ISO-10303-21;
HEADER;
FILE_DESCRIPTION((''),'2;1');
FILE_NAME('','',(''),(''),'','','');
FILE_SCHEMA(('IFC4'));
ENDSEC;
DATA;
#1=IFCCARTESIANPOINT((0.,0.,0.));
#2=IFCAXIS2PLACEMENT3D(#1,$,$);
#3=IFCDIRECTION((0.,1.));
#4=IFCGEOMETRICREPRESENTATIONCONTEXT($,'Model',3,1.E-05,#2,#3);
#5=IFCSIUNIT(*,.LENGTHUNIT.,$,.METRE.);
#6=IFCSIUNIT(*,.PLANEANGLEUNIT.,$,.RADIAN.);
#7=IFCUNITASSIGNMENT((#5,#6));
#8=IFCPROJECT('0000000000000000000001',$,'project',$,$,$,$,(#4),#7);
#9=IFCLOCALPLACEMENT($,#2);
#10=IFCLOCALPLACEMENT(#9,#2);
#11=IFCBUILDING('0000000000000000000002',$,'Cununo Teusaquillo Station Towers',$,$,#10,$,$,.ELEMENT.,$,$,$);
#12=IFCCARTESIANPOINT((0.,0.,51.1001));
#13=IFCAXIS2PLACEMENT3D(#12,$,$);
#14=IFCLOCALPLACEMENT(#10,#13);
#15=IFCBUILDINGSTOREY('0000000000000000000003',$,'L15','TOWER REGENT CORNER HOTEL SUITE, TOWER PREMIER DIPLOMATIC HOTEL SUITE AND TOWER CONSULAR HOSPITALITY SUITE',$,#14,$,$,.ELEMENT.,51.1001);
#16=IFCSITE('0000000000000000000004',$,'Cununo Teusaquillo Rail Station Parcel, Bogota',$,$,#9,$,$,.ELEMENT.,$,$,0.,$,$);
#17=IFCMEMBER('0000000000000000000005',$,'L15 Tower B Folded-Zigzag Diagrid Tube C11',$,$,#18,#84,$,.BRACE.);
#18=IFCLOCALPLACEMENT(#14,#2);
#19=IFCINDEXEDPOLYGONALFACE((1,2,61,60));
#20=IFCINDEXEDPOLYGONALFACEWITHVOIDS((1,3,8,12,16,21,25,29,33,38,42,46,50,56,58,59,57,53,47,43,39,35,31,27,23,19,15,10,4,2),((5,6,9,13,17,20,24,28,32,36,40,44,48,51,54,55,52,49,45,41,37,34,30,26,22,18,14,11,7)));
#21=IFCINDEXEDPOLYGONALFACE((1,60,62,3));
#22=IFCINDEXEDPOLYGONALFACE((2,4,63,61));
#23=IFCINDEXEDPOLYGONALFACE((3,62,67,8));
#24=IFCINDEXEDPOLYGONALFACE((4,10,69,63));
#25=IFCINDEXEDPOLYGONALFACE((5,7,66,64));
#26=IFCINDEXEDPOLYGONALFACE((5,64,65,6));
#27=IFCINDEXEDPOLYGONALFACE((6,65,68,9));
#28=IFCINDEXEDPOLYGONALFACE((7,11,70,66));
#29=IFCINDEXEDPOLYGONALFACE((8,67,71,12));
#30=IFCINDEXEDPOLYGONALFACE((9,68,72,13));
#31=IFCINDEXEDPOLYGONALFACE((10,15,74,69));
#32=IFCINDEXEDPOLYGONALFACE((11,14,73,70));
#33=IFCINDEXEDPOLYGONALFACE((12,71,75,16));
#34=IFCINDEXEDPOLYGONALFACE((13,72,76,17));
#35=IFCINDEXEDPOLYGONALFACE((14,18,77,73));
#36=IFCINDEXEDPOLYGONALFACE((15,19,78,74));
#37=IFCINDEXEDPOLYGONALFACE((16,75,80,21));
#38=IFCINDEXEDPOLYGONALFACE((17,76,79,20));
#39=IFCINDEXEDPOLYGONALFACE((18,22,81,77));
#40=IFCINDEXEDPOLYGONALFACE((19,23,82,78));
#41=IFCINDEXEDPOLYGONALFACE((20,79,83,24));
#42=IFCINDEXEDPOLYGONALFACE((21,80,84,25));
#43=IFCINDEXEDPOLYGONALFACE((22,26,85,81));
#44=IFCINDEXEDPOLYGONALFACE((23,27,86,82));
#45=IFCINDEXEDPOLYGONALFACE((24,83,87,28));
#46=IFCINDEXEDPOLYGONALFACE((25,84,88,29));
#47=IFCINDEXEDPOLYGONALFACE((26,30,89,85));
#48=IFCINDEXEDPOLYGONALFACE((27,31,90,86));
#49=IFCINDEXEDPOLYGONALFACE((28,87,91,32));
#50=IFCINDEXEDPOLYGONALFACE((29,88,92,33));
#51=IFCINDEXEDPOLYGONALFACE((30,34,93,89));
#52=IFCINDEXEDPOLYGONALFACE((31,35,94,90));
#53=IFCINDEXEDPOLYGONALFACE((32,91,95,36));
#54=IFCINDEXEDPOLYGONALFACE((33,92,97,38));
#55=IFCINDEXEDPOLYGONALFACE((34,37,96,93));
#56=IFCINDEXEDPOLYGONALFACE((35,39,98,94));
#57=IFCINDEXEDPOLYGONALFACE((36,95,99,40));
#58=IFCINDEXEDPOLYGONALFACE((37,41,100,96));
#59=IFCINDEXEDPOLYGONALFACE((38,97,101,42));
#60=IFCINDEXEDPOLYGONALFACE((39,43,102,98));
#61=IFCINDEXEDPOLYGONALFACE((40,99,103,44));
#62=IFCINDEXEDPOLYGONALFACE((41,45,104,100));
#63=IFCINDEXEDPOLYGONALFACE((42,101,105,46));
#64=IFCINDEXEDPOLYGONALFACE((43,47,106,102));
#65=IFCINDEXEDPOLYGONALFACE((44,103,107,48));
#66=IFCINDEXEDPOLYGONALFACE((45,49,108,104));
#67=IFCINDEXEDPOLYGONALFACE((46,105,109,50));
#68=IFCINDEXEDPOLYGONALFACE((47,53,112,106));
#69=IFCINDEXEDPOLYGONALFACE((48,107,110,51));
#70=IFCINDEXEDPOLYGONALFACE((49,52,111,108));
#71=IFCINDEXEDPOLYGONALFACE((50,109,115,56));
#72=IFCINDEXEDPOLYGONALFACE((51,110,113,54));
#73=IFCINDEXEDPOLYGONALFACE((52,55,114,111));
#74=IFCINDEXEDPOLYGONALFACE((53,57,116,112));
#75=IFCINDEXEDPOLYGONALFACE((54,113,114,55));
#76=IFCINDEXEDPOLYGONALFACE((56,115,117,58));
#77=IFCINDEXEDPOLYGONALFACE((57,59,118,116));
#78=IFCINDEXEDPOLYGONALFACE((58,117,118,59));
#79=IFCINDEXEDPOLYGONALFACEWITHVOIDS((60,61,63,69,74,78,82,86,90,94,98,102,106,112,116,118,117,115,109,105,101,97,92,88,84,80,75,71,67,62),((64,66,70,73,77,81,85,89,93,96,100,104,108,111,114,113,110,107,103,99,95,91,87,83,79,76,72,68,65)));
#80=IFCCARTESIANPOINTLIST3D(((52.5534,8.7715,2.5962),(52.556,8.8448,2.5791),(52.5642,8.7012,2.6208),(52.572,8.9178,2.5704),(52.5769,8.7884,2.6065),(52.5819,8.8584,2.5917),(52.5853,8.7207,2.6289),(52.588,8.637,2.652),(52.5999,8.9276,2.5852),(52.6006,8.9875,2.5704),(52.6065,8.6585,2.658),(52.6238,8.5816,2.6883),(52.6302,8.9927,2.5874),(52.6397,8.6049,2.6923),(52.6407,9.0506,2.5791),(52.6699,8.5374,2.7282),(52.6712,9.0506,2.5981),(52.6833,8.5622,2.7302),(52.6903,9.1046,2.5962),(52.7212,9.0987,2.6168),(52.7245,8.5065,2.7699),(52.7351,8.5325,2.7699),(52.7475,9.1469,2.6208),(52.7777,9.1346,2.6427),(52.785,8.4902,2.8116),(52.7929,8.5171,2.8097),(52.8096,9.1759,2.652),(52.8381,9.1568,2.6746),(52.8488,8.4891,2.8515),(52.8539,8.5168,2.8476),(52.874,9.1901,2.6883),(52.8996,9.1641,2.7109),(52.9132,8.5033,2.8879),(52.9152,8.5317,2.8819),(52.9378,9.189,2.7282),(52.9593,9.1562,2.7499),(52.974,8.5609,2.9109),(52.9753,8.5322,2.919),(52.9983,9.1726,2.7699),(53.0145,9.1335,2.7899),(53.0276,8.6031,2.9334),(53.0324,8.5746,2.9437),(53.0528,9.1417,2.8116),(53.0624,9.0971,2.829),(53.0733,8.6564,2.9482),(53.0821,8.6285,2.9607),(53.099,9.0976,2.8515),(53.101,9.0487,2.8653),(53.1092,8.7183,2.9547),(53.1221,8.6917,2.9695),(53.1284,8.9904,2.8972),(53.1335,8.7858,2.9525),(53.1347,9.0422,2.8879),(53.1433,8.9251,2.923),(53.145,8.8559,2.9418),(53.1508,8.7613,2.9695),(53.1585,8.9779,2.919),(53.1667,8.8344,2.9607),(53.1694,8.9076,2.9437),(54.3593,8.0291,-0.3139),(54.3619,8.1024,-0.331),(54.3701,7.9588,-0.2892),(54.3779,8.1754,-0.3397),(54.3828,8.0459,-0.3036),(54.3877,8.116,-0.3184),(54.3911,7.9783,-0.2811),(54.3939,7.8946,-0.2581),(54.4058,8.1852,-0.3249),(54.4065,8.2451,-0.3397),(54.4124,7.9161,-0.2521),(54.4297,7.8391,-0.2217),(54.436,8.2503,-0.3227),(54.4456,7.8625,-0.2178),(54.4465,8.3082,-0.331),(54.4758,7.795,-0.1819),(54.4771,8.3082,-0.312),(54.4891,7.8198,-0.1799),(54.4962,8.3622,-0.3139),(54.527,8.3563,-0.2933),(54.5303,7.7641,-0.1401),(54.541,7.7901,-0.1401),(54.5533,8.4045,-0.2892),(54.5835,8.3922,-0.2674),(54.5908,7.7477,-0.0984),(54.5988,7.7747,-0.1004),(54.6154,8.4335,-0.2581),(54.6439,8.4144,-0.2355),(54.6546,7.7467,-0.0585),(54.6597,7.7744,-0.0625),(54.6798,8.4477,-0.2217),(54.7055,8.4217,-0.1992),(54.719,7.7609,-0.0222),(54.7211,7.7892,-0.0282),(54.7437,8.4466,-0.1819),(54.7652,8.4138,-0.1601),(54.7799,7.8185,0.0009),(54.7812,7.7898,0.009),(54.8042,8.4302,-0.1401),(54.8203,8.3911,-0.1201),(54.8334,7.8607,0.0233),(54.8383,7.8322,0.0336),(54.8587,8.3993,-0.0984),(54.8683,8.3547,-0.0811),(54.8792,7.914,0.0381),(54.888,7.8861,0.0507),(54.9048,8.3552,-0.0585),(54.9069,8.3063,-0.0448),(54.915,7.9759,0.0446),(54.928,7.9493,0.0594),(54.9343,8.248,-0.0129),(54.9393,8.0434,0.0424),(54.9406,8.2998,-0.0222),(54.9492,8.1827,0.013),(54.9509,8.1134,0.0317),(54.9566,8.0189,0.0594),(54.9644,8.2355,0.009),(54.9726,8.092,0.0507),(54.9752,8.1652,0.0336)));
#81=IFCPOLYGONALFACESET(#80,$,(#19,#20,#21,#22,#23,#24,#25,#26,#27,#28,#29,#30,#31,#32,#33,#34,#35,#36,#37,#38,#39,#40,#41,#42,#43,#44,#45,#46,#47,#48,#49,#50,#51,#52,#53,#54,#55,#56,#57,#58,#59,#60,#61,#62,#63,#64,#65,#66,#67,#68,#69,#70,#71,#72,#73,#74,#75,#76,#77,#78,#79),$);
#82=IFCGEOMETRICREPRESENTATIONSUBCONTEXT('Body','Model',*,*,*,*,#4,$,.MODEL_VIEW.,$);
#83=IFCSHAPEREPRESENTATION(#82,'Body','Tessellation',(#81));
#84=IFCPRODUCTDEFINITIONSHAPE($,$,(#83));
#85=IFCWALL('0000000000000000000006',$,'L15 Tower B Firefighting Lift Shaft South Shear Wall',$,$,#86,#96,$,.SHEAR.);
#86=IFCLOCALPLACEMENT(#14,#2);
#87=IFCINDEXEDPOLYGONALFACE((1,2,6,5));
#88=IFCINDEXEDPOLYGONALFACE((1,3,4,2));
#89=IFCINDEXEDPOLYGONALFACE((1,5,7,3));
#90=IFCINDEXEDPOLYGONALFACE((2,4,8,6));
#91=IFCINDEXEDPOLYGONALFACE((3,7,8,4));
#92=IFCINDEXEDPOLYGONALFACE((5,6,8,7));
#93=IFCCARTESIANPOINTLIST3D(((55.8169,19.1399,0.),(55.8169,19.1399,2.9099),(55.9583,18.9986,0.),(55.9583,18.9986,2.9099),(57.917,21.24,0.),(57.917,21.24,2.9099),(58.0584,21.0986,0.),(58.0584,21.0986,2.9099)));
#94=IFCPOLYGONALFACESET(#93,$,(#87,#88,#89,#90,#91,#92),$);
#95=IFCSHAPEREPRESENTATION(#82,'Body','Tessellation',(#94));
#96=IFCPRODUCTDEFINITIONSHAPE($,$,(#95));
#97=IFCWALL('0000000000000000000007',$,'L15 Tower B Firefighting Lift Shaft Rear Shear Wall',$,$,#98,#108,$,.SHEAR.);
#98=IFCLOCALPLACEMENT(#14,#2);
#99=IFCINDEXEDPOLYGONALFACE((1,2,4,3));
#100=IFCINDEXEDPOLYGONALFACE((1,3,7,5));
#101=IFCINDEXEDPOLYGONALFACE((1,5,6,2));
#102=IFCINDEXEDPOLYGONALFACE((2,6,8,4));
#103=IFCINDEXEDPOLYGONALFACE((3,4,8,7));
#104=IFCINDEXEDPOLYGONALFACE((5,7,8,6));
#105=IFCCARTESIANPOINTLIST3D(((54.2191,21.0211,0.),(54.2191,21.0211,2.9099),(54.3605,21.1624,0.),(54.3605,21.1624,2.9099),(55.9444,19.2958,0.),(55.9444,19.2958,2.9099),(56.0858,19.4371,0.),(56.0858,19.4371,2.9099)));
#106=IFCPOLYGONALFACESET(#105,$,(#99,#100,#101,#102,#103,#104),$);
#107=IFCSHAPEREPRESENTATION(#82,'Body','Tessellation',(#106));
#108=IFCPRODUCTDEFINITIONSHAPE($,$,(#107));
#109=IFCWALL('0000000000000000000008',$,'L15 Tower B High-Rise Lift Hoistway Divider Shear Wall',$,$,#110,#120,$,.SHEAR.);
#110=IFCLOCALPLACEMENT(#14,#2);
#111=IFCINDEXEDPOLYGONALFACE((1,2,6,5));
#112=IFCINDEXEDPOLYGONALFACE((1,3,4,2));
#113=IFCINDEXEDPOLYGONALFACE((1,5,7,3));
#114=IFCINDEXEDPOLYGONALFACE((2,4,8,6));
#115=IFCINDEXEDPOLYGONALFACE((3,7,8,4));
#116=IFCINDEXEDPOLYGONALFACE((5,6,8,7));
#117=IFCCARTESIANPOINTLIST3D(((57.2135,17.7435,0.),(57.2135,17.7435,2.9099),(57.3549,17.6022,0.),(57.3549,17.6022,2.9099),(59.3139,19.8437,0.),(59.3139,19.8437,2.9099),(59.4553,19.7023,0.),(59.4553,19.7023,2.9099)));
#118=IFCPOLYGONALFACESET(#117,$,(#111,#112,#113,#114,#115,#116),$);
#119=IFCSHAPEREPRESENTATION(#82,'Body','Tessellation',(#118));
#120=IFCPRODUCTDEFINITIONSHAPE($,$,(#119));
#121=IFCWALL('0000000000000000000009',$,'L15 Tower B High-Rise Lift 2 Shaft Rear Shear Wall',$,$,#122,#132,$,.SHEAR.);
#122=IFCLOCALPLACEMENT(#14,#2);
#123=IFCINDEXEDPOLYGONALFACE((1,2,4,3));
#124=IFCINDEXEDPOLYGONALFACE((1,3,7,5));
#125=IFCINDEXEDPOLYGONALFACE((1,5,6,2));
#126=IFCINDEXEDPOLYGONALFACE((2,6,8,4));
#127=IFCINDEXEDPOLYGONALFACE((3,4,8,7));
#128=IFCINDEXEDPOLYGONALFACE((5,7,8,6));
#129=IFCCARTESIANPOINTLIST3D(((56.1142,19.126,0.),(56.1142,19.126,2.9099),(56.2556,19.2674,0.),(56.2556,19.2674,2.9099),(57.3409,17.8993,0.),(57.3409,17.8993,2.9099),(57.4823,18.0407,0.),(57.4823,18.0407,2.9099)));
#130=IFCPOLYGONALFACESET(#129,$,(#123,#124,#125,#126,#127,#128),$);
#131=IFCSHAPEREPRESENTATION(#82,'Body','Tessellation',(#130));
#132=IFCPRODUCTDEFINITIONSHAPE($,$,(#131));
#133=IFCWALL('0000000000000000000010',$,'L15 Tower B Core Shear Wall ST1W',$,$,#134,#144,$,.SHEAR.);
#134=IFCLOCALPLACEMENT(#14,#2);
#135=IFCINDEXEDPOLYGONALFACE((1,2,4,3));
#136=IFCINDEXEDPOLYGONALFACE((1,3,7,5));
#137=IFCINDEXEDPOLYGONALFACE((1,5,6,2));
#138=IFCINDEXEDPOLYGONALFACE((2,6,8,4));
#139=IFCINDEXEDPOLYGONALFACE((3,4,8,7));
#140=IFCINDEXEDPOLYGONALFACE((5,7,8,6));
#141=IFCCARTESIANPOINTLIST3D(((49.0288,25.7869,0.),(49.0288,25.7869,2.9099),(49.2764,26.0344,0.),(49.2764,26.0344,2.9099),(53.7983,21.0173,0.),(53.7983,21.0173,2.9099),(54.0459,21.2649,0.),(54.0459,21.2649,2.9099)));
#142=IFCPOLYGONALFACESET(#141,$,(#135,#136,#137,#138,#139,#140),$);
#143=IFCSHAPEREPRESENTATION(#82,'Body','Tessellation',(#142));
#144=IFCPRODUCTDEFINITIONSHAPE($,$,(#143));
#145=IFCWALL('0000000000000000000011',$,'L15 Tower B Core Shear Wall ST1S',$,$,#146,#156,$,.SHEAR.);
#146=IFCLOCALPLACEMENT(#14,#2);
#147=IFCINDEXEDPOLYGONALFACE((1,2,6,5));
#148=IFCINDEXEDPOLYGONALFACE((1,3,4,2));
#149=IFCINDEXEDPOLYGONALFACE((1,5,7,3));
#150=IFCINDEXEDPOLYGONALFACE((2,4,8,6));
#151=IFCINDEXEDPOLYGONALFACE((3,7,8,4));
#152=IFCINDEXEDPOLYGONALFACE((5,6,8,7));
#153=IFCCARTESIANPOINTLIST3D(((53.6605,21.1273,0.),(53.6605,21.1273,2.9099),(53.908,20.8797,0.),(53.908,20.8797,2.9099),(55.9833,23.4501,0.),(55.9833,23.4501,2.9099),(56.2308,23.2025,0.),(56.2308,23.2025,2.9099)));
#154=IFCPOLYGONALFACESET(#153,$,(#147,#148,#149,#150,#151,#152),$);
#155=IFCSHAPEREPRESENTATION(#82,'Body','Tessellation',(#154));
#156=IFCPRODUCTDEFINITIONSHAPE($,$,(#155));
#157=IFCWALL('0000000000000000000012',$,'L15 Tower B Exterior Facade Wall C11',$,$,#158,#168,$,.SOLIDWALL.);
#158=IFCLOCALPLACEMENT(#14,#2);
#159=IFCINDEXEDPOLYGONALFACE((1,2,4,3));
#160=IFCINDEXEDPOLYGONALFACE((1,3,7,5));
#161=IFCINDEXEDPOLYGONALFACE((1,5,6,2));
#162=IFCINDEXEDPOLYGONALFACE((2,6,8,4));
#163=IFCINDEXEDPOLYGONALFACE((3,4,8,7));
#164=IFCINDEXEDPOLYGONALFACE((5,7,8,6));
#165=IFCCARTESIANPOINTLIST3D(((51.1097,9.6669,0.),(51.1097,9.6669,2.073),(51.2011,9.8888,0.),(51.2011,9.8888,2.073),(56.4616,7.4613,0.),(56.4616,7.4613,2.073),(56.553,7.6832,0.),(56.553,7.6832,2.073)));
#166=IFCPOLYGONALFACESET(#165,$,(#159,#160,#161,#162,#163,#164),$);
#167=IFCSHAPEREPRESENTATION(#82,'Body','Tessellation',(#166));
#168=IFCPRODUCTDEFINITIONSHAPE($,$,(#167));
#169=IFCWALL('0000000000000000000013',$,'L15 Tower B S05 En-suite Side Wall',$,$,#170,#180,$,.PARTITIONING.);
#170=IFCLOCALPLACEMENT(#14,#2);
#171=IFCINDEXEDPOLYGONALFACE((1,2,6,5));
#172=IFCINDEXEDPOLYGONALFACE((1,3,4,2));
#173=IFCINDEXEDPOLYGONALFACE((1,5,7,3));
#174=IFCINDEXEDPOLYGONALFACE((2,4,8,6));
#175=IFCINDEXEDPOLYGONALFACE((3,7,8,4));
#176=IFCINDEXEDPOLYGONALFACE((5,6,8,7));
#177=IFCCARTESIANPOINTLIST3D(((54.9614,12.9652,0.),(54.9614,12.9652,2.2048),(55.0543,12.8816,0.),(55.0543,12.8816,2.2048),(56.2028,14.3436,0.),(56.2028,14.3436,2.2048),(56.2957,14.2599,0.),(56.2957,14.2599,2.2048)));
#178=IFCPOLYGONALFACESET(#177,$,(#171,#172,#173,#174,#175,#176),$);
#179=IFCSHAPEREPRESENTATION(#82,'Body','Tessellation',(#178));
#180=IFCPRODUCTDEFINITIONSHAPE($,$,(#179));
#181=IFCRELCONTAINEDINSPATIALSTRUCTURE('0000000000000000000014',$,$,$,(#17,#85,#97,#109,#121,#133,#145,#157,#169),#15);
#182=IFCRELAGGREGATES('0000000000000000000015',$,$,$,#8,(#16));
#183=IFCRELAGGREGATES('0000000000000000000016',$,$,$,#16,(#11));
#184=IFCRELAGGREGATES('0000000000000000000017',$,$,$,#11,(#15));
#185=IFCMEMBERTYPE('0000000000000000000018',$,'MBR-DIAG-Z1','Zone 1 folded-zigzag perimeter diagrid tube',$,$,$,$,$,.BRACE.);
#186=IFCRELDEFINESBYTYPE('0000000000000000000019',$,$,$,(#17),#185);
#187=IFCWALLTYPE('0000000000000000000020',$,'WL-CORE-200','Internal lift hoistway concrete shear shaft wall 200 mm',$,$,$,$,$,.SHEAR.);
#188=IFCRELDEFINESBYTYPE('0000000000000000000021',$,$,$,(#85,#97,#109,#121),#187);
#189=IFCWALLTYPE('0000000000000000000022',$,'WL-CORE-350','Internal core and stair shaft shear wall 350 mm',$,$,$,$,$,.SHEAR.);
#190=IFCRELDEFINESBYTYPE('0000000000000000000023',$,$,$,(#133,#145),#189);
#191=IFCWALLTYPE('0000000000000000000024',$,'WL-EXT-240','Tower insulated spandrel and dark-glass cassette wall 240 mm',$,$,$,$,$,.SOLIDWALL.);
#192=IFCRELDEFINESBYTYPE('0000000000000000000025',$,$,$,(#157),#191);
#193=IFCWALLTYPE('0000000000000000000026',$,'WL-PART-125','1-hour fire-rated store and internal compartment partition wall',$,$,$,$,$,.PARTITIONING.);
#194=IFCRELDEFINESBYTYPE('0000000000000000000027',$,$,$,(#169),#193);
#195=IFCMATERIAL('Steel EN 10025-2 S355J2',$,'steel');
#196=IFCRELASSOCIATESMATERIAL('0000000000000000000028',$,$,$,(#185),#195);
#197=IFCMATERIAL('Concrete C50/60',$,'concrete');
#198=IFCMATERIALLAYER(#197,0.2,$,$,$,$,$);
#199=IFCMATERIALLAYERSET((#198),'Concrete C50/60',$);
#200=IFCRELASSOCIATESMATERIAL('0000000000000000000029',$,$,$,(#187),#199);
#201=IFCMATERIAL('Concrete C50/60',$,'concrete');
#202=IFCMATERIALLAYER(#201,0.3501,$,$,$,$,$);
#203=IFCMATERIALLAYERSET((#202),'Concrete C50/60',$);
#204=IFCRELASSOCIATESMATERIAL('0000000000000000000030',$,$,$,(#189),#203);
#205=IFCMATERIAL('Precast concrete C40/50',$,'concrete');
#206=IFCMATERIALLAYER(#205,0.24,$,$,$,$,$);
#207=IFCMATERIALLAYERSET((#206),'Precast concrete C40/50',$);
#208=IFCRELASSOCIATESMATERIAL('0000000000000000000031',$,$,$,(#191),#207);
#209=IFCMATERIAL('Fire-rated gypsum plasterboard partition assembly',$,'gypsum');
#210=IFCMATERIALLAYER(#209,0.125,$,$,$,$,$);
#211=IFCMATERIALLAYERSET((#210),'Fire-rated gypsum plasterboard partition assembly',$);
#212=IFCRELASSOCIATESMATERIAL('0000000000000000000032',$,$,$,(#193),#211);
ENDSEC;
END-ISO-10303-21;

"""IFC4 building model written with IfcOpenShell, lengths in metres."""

from ifc_helpers import new_model, si_unit, direction, frame, frame_2d, origin, origin_2d, place, context, subcontext, project, spatial, rectangle, hollow_circle, extrude, material, layer, layer_set, material_profile, profile_set, type_object, element, save


model = new_model("IFC4")

# Units and contexts
model_context = context("Model", 3, precision=1e-05, world=origin(), true_north=direction((0.0, 1.0)))
body_context = subcontext(model_context, "Body", "Model", "MODEL_VIEW")
ifc_project = project(units=[si_unit("LENGTHUNIT", "METRE"), si_unit("PLANEANGLEUNIT", "RADIAN")], contexts=[model_context])

# Site, building, storey
site_placement = place(None, origin())
site = spatial("IfcSite", under=ifc_project, at=site_placement, Name="Cununo Teusaquillo Rail Station Parcel, Bogota", CompositionType="ELEMENT", RefElevation=0.0)
building_placement = place(site_placement, origin())
building = spatial("IfcBuilding", under=site, at=building_placement, Name="Cununo Teusaquillo Station Towers", CompositionType="ELEMENT")
storey_placement = place(building_placement, frame((0.0, 0.0, 51.1001)))
storey = spatial("IfcBuildingStorey", under=building, at=storey_placement, Name="L15", Description="TOWER REGENT CORNER HOTEL SUITE, TOWER PREMIER DIPLOMATIC HOTEL SUITE AND TOWER CONSULAR HOSPITALITY SUITE", CompositionType="ELEMENT", Elevation=51.1001)

# Member
ifc_material_1 = material(Name="Steel EN 10025-2 S355J2", Category="steel")
ifc_material_profile_1 = material_profile(ifc_material_1, hollow_circle(Radius=0.3601, WallThickness=0.0281, at=origin_2d()), Name="CHS 720x28")
ifc_profile_set_1 = profile_set([ifc_material_profile_1], Name="Steel EN 10025-2 S355J2")
member_type = type_object("IfcMemberType", Name="MBR-DIAG-Z1", Description="Zone 1 folded-zigzag perimeter diagrid tube", PredefinedType="BRACE", material=ifc_profile_set_1)
member_placement = place(storey_placement, frame((54.6672, 8.0972, -0.1401), z_axis=(-0.515311, 0.211851, 0.830406), x_axis=(-0.380234, -0.92489, 0.0)))
element("IfcMember", 1, at=member_placement, inside=storey, type_object=member_type, Name="L15 Tower B Folded-Zigzag Diagrid Tube C11", PredefinedType="BRACE", context=body_context, shape_type="SweptSolid", body=[
    extrude(hollow_circle(Radius=0.3601, WallThickness=0.0281, at=origin_2d()), origin(), (0.0, 0.0, 1.0), 3.5044),
])

# Walls
ifc_material_2 = material(Name="Concrete C50/60", Category="concrete")
ifc_layer_1 = layer(ifc_material_2, 0.2)
ifc_layer_set_1 = layer_set([ifc_layer_1], Name="Concrete C50/60")
wall_type_1 = type_object("IfcWallType", Name="WL-CORE-200", Description="Internal lift hoistway concrete shear shaft wall 200 mm", PredefinedType="SHEAR", material=ifc_layer_set_1)
wall_1_placement = place(storey_placement, frame((55.8877, 19.0693, 0.0), z_axis=(0.0, 0.0, 1.0), x_axis=(0.707107, 0.707107, 0.0)))
element("IfcWall", 2, at=wall_1_placement, inside=storey, type_object=wall_type_1, Name="L15 Tower B Firefighting Lift Shaft South Shear Wall", PredefinedType="SHEAR", context=body_context, shape_type="SweptSolid", body=[
    extrude(rectangle(XDim=2.97, YDim=0.2, at=frame_2d((1.4849, 0.0))), origin(), (0.0, 0.0, 1.0), 2.9099),
])
wall_2_placement = place(storey_placement, frame((56.0151, 19.3665, 0.0), z_axis=(0.0, 0.0, 1.0), x_axis=(-0.707107, 0.707107, 0.0)))
element("IfcWall", 3, at=wall_2_placement, inside=storey, type_object=wall_type_1, Name="L15 Tower B Firefighting Lift Shaft Rear Shear Wall", PredefinedType="SHEAR", context=body_context, shape_type="SweptSolid", body=[
    extrude(rectangle(XDim=2.4399, YDim=0.2, at=frame_2d((1.22, 0.0))), origin(), (0.0, 0.0, 1.0), 2.9099),
])
wall_3_placement = place(storey_placement, frame((57.2842, 17.6729, 0.0), z_axis=(0.0, 0.0, 1.0), x_axis=(0.707148, 0.707066, 0.0)))
element("IfcWall", 4, at=wall_3_placement, inside=storey, type_object=wall_type_1, Name="L15 Tower B High-Rise Lift Hoistway Divider Shear Wall", PredefinedType="SHEAR", context=body_context, shape_type="SweptSolid", body=[
    extrude(rectangle(XDim=2.9702, YDim=0.2, at=frame_2d((1.4851, 0.0))), origin(), (0.0, 0.0, 1.0), 2.9099),
])
wall_4_placement = place(storey_placement, frame((57.4116, 17.97, 0.0), z_axis=(0.0, 0.0, 1.0), x_axis=(-0.707107, 0.707107, 0.0)))
element("IfcWall", 5, at=wall_4_placement, inside=storey, type_object=wall_type_1, Name="L15 Tower B High-Rise Lift 2 Shaft Rear Shear Wall", PredefinedType="SHEAR", context=body_context, shape_type="SweptSolid", body=[
    extrude(rectangle(XDim=1.7349, YDim=0.2, at=frame_2d((0.8674, 0.0))), origin(), (0.0, 0.0, 1.0), 2.9099),
])
ifc_material_3 = material(Name="Concrete C50/60", Category="concrete")
ifc_layer_2 = layer(ifc_material_3, 0.3501)
ifc_layer_set_2 = layer_set([ifc_layer_2], Name="Concrete C50/60")
wall_type_2 = type_object("IfcWallType", Name="WL-CORE-350", Description="Internal core and stair shaft shear wall 350 mm", PredefinedType="SHEAR", material=ifc_layer_set_2)
wall_5_placement = place(storey_placement, frame((53.9221, 21.1411, 0.0), z_axis=(0.0, 0.0, 1.0), x_axis=(-0.707107, 0.707107, 0.0)))
element("IfcWall", 6, at=wall_5_placement, inside=storey, type_object=wall_type_2, Name="L15 Tower B Core Shear Wall ST1W", PredefinedType="SHEAR", context=body_context, shape_type="SweptSolid", body=[
    extrude(rectangle(XDim=6.7451, YDim=0.3501, at=frame_2d((3.3726, 0.0))), origin(), (0.0, 0.0, 1.0), 2.9099),
])
wall_6_placement = place(storey_placement, frame((53.7842, 21.0034, 0.0), z_axis=(0.0, 0.0, 1.0), x_axis=(0.707107, 0.707107, 0.0)))
element("IfcWall", 7, at=wall_6_placement, inside=storey, type_object=wall_type_2, Name="L15 Tower B Core Shear Wall ST1S", PredefinedType="SHEAR", context=body_context, shape_type="SweptSolid", body=[
    extrude(rectangle(XDim=3.2849, YDim=0.3501, at=frame_2d((1.6426, 0.0))), origin(), (0.0, 0.0, 1.0), 2.9099),
])
ifc_material_4 = material(Name="Precast concrete C40/50", Category="concrete")
ifc_layer_3 = layer(ifc_material_4, 0.24)
ifc_layer_set_3 = layer_set([ifc_layer_3], Name="Precast concrete C40/50")
wall_type_3 = type_object("IfcWallType", Name="WL-EXT-240", Description="Tower insulated spandrel and dark-glass cassette wall 240 mm", PredefinedType="SOLIDWALL", material=ifc_layer_set_3)
wall_7_placement = place(storey_placement, frame((56.5073, 7.5723, 0.0), z_axis=(0.0, 0.0, 1.0), x_axis=(-0.924564, 0.381028, 0.0)))
element("IfcWall", 8, at=wall_7_placement, inside=storey, type_object=wall_type_3, Name="L15 Tower B Exterior Facade Wall C11", PredefinedType="SOLIDWALL", context=body_context, shape_type="SweptSolid", body=[
    extrude(rectangle(XDim=5.7886, YDim=0.24, at=frame_2d((2.8943, 0.0))), origin(), (0.0, 0.0, 1.0), 2.073),
])
ifc_material_5 = material(Name="Fire-rated gypsum plasterboard partition assembly", Category="gypsum")
ifc_layer_4 = layer(ifc_material_5, 0.125)
ifc_layer_set_4 = layer_set([ifc_layer_4], Name="Fire-rated gypsum plasterboard partition assembly")
wall_type_4 = type_object("IfcWallType", Name="WL-PART-125", Description="1-hour fire-rated store and internal compartment partition wall", PredefinedType="PARTITIONING", material=ifc_layer_set_4)
wall_8_placement = place(storey_placement, frame((56.2493, 14.3018, 0.0), z_axis=(0.0, 0.0, 1.0), x_axis=(-0.669226, -0.743059, 0.0)))
element("IfcWall", 9, at=wall_8_placement, inside=storey, type_object=wall_type_4, Name="L15 Tower B S05 En-suite Side Wall", PredefinedType="PARTITIONING", context=body_context, shape_type="SweptSolid", body=[
    extrude(rectangle(XDim=1.855, YDim=0.125, at=frame_2d((0.9275, 0.0))), origin(), (0.0, 0.0, 1.0), 2.2048),
])

save(model, "model.ifc")
